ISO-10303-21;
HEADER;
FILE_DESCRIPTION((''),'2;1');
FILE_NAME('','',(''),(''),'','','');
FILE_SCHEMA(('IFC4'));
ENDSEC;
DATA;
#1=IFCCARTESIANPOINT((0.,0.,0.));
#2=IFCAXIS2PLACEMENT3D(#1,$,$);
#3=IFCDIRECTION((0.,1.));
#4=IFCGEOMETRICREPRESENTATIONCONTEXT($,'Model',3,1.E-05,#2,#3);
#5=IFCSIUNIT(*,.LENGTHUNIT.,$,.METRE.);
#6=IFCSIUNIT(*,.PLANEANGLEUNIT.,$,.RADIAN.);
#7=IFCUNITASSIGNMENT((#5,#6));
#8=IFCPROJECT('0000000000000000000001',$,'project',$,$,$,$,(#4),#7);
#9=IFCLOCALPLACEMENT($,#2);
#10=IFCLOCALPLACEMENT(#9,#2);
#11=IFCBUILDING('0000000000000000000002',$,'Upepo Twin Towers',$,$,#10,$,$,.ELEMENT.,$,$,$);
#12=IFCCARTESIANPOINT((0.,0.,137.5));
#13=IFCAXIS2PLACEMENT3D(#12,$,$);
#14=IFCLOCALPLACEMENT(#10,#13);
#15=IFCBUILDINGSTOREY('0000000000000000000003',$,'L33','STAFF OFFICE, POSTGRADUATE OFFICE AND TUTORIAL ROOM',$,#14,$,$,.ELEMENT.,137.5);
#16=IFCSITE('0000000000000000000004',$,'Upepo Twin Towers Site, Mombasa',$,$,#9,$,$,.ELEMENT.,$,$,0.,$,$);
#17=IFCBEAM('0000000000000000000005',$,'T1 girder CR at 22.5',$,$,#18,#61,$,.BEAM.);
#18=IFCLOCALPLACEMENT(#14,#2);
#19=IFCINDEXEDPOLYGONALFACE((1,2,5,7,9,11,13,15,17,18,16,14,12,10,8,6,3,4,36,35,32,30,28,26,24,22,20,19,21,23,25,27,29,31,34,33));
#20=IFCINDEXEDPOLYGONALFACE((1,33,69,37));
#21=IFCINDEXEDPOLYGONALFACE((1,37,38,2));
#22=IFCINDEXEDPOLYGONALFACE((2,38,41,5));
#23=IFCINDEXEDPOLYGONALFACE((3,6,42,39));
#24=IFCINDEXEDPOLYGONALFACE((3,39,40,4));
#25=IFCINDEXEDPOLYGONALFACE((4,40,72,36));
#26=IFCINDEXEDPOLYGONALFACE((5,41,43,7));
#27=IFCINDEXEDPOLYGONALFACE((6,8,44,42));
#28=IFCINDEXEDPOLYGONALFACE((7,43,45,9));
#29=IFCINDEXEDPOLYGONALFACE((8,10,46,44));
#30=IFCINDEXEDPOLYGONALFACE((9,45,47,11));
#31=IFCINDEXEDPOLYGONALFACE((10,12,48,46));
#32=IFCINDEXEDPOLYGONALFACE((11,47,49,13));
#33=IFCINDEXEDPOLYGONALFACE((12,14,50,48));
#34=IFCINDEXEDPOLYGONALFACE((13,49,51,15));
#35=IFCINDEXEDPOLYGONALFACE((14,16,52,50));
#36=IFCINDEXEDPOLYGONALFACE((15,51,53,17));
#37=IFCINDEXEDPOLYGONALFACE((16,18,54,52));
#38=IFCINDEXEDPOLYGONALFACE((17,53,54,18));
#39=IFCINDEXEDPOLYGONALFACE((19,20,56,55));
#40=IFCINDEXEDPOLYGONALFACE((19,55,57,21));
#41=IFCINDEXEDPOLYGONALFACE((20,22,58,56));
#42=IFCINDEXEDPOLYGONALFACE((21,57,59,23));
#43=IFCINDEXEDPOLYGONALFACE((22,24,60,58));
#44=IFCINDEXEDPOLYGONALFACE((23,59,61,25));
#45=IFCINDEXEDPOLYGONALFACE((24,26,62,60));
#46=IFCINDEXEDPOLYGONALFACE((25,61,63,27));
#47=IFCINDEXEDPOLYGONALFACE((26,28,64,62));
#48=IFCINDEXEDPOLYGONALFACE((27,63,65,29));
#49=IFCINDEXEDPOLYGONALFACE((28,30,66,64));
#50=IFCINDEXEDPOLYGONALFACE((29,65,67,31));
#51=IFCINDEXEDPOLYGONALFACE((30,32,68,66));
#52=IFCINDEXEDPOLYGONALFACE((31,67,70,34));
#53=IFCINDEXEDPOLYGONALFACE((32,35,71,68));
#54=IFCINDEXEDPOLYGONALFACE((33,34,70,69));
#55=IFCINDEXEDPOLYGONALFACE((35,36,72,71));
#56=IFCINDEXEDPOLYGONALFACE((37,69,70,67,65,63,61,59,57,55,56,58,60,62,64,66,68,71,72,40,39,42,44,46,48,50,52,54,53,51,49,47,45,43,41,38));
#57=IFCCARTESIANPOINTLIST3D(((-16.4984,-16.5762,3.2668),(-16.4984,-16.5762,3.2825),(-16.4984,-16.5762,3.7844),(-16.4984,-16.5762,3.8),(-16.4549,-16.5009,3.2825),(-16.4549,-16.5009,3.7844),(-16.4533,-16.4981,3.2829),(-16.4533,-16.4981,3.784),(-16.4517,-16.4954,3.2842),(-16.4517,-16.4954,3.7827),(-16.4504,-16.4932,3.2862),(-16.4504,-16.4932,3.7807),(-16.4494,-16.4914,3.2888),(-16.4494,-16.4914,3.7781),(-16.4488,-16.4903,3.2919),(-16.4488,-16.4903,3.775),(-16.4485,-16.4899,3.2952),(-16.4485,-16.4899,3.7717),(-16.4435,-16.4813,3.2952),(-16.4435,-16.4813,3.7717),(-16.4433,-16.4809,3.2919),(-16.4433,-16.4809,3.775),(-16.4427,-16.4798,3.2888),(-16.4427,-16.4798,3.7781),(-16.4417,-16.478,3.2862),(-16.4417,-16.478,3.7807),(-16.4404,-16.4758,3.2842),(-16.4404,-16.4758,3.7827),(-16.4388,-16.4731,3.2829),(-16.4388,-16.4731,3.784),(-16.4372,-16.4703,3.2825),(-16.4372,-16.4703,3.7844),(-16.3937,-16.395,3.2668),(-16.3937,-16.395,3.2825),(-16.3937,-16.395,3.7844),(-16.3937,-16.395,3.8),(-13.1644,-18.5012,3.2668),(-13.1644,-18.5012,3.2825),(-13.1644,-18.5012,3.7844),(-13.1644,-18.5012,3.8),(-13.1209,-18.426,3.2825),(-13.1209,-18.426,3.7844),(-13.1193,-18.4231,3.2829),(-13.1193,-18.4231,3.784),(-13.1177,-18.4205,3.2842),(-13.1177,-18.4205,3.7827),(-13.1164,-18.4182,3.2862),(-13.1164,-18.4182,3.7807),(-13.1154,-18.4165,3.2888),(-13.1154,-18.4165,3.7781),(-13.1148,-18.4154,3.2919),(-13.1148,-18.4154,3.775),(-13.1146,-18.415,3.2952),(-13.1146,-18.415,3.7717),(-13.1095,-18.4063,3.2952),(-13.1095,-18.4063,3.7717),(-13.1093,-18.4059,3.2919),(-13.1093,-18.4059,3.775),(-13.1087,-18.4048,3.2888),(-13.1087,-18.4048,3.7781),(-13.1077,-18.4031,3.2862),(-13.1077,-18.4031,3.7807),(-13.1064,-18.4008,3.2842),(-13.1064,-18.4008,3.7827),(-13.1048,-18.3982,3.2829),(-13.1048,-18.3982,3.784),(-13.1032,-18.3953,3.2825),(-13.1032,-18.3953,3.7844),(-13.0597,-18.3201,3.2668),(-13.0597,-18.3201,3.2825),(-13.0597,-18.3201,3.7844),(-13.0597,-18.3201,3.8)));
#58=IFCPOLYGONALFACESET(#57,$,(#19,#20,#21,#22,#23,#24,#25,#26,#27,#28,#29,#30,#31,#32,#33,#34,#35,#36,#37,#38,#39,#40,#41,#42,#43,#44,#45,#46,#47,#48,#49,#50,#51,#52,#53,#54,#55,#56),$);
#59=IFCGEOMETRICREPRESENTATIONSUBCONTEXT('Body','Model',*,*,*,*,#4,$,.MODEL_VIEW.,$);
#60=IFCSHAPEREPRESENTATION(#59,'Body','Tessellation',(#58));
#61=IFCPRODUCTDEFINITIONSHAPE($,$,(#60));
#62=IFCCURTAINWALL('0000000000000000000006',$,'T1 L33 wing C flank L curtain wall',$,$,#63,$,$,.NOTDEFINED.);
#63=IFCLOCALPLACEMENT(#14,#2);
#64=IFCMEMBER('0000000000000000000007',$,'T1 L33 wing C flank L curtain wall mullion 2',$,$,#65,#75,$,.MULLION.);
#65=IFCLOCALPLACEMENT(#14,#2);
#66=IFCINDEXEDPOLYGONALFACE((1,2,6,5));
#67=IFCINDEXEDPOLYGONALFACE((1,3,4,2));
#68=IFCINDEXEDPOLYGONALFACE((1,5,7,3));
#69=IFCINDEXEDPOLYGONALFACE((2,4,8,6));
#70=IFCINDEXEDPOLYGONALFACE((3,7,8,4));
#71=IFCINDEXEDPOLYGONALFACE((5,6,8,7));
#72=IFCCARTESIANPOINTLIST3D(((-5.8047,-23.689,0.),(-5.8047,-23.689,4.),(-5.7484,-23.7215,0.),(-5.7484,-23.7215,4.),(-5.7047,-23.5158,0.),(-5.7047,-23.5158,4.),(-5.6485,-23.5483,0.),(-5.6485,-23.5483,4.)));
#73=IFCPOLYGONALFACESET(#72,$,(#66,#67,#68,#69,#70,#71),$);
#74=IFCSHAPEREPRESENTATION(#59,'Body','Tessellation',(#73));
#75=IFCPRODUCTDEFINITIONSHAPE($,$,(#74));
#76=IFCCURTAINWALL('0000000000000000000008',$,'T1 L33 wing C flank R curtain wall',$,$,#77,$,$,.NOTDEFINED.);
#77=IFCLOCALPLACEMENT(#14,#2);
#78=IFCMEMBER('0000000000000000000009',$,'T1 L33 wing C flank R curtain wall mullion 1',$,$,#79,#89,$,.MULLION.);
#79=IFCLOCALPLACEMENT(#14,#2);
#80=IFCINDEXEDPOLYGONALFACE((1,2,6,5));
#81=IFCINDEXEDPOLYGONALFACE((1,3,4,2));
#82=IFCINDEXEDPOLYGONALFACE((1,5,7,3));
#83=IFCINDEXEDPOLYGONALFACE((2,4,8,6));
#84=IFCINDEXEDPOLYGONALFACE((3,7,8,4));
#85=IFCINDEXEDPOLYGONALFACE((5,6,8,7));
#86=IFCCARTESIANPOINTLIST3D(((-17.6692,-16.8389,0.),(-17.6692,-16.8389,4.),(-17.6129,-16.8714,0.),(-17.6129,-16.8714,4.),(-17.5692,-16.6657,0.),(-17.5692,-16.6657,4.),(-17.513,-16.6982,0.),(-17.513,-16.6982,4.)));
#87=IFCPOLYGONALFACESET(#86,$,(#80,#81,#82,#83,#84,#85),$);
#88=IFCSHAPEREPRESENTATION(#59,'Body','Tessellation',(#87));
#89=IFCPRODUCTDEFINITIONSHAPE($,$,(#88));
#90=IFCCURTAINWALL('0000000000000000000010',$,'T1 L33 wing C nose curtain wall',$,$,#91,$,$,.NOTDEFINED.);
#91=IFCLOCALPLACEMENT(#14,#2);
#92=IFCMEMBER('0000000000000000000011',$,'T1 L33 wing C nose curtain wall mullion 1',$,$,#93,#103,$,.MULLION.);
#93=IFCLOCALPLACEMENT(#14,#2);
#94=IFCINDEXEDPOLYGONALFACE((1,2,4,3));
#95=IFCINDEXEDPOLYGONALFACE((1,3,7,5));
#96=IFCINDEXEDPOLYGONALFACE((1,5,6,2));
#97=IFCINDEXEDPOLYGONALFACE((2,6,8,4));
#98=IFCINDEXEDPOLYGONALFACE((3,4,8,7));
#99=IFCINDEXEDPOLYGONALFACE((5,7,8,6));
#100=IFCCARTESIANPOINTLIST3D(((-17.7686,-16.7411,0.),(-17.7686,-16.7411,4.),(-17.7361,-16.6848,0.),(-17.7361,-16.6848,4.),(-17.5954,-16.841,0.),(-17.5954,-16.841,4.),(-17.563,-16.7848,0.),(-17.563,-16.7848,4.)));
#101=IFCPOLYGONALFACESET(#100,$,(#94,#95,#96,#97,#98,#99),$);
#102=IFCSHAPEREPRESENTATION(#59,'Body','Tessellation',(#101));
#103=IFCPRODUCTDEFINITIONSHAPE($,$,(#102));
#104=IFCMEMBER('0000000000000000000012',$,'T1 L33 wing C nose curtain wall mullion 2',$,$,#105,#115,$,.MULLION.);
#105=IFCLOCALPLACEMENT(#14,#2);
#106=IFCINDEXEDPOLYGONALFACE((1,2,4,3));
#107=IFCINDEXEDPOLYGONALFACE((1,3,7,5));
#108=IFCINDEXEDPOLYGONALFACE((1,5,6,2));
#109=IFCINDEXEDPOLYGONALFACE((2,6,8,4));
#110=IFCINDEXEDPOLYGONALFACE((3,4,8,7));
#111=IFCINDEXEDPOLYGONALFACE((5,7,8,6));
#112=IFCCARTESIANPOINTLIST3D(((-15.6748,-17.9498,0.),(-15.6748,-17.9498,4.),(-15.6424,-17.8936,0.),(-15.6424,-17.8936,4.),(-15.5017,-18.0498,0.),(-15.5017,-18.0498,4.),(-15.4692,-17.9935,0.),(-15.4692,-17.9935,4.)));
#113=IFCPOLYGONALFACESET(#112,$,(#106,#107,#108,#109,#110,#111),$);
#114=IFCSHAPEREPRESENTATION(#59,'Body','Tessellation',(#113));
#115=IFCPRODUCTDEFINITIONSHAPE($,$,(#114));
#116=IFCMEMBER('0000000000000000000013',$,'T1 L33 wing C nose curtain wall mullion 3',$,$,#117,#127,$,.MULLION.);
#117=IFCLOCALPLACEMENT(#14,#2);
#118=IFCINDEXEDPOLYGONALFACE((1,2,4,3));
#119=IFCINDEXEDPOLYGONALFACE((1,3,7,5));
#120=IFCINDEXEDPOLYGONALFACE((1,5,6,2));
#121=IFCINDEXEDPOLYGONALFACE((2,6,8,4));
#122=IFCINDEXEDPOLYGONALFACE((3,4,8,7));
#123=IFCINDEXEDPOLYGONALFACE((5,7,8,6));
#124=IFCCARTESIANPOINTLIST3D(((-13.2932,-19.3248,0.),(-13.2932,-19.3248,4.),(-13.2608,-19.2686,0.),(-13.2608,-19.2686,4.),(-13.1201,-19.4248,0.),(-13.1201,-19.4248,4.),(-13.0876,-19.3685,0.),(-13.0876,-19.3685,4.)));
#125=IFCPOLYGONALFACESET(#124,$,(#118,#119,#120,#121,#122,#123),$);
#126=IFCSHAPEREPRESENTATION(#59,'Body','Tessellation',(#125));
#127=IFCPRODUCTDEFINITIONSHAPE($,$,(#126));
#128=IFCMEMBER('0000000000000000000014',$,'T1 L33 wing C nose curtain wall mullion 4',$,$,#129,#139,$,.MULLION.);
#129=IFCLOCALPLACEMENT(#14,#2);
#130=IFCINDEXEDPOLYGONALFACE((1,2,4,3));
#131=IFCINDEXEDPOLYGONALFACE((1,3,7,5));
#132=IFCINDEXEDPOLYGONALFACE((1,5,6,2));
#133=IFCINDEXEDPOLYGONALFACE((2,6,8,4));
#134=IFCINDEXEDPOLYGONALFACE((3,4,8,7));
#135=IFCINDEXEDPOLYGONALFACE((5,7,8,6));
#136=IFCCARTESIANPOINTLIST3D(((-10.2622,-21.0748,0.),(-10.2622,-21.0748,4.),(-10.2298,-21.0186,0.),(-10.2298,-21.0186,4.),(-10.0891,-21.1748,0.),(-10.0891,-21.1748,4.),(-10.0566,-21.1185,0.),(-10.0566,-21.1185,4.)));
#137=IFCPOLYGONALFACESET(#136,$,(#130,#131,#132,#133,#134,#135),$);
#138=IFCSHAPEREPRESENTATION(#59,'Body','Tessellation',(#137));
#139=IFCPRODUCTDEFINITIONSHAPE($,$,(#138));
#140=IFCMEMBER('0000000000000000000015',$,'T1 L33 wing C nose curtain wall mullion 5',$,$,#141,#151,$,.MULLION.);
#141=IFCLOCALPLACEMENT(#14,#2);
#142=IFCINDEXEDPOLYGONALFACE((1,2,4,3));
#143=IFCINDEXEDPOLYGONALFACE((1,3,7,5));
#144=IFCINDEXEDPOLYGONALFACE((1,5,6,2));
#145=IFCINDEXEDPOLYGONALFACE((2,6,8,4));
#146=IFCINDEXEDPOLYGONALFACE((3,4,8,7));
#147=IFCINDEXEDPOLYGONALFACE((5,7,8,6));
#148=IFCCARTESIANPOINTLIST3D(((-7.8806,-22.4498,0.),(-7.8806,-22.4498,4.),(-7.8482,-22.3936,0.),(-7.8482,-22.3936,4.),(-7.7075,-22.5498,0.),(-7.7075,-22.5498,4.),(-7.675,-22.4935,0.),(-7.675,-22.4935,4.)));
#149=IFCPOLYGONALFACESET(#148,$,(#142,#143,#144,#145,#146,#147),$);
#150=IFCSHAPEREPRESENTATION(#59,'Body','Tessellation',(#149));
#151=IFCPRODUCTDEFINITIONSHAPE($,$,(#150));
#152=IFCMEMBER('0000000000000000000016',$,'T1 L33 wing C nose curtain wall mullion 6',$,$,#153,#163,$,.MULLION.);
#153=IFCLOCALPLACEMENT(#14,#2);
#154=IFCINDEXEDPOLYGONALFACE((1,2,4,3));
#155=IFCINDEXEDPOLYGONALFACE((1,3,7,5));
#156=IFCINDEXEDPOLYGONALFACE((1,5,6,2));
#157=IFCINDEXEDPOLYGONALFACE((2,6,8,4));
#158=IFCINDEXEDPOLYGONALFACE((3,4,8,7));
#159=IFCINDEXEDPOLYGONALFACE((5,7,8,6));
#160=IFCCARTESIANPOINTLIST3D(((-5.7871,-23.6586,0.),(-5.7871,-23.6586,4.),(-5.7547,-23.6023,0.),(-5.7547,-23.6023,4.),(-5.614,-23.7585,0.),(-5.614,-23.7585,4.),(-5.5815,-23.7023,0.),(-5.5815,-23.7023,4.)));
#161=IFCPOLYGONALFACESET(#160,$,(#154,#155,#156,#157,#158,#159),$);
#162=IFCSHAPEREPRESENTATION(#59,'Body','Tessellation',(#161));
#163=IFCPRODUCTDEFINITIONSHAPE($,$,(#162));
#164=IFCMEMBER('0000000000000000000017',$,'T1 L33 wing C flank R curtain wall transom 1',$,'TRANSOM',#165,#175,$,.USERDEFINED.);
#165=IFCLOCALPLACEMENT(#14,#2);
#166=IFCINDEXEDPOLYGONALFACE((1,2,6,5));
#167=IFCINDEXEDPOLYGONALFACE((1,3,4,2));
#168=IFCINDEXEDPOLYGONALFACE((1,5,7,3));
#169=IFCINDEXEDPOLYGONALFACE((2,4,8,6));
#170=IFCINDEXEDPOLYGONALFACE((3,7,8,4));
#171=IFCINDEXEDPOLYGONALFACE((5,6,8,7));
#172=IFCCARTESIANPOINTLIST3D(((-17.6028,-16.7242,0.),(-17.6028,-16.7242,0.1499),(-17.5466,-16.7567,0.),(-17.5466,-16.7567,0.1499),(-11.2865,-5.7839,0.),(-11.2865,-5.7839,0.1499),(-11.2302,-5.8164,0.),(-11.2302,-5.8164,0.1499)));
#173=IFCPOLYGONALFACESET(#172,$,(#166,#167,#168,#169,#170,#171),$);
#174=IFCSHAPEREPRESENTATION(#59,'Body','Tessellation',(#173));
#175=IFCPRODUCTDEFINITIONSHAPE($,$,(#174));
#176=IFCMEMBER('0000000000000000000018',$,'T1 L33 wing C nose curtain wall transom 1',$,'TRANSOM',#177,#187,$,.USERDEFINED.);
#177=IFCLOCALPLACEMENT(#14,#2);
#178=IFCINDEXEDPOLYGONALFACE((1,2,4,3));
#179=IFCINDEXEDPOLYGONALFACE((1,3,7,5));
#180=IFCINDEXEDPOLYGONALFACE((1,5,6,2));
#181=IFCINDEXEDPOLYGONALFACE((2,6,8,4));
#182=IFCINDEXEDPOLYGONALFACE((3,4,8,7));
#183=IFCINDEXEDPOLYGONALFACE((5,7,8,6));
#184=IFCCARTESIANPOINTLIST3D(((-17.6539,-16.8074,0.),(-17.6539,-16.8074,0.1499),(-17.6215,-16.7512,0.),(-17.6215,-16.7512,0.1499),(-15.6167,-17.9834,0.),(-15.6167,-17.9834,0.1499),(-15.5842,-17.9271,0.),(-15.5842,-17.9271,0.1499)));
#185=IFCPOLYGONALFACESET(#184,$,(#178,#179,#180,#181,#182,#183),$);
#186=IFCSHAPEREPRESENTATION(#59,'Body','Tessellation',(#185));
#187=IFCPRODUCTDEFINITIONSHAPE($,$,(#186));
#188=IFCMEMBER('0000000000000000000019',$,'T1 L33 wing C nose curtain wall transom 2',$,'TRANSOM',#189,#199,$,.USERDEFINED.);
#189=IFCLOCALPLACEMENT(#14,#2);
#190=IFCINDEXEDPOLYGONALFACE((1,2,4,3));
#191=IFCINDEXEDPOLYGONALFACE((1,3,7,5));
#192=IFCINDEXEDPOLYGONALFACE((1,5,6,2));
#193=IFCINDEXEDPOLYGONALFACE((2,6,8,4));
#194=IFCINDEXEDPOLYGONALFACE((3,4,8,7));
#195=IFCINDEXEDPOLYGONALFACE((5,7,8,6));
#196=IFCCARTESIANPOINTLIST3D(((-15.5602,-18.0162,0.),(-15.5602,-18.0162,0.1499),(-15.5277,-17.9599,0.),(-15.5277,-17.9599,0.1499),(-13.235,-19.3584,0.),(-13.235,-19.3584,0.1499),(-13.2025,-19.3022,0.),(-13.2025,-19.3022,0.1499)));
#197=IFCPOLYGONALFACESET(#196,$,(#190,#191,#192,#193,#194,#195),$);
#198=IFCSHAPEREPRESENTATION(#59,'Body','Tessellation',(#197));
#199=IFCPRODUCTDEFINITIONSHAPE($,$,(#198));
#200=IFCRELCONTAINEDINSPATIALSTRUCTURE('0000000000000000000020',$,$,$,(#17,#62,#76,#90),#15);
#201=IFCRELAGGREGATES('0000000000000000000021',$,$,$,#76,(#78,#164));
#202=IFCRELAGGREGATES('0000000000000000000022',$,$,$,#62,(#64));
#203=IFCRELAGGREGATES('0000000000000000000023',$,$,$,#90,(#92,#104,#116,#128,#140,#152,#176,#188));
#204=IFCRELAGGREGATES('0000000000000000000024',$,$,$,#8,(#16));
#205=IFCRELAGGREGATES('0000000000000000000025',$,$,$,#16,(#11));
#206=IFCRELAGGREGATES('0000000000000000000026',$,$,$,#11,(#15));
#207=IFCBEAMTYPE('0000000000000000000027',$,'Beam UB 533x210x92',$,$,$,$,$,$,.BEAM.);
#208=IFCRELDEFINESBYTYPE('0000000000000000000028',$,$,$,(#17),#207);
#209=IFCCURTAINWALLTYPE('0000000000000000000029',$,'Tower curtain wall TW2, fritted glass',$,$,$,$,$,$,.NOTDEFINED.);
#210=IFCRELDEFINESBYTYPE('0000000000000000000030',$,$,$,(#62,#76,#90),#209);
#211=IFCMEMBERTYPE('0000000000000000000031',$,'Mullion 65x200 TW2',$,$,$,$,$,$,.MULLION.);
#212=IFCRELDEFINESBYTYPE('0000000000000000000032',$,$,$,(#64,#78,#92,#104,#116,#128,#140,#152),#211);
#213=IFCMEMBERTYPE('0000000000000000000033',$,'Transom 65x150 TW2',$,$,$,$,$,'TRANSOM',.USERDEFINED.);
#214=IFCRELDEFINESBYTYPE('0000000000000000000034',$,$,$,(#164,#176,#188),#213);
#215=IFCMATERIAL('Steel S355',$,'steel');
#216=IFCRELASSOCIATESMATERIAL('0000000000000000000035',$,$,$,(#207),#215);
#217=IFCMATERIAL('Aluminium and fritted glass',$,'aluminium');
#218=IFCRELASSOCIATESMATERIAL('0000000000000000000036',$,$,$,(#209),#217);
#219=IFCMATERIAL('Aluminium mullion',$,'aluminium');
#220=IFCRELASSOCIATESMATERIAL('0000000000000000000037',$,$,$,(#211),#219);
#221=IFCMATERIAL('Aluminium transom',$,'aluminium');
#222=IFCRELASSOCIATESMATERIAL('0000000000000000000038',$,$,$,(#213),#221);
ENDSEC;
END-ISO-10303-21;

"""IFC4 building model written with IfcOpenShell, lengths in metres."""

from ifc_helpers import new_model, si_unit, direction, frame, origin, origin_2d, place, context, subcontext, project, spatial, rectangle, i_section, extrude, material, material_profile, profile_set, type_object, element, aggregate, save


model = new_model("IFC4")

# Units and contexts
model_context = context("Model", 3, precision=1e-05, world=origin(), true_north=direction((0.0, 1.0)))
body_context = subcontext(model_context, "Body", "Model", "MODEL_VIEW")
ifc_project = project(units=[si_unit("LENGTHUNIT", "METRE"), si_unit("PLANEANGLEUNIT", "RADIAN")], contexts=[model_context])

# Site, building, storey
site_placement = place(None, origin())
site = spatial("IfcSite", under=ifc_project, at=site_placement, Name="Upepo Twin Towers Site, Mombasa", CompositionType="ELEMENT", RefElevation=0.0)
building_placement = place(site_placement, origin())
building = spatial("IfcBuilding", under=site, at=building_placement, Name="Upepo Twin Towers", CompositionType="ELEMENT")
storey_placement = place(building_placement, frame((0.0, 0.0, 137.5)))
storey = spatial("IfcBuildingStorey", under=building, at=storey_placement, Name="L33", Description="STAFF OFFICE, POSTGRADUATE OFFICE AND TUTORIAL ROOM", CompositionType="ELEMENT", Elevation=137.5)

# Beam
ifc_material_1 = material(Name="Steel S355", Category="steel")
ifc_material_profile_1 = material_profile(ifc_material_1, i_section(OverallWidth=0.2092, OverallDepth=0.5332, WebThickness=0.01, FlangeThickness=0.0156, FilletRadius=0.0127, at=origin_2d()), Name="UB 533x210x92")
ifc_profile_set_1 = profile_set([ifc_material_profile_1], Name="Steel S355")
beam_type_1 = type_object("IfcBeamType", Name="Beam UB 533x210x92", PredefinedType="BEAM", material=ifc_profile_set_1)
for number, where, z_axis, x_axis, name in (
    (1, (-16.446, -16.4856, 3.5334), (0.866006, -0.500034, 0.0), (0.500034, 0.866006, 0.0), "T1 girder CR at 22.5"),
):
    element("IfcBeam", number, at=place(storey_placement, frame(where, z_axis=z_axis, x_axis=x_axis)), inside=storey, type_object=beam_type_1, Name=name, PredefinedType="BEAM", context=body_context, shape_type="SweptSolid", body=[
        extrude(i_section(OverallWidth=0.2092, OverallDepth=0.5332, WebThickness=0.01, FlangeThickness=0.0156, FilletRadius=0.0127, at=origin_2d()), origin(), (0.0, 0.0, 1.0), 3.8499),
    ])

# Curtain walls, members
ifc_material_2 = material(Name="Aluminium and fritted glass", Category="aluminium")
curtain_wall_type = type_object("IfcCurtainWallType", Name="Tower curtain wall TW2, fritted glass", PredefinedType="NOTDEFINED", material=ifc_material_2)
curtain_wall_1_placement = place(storey_placement, origin())
curtain_wall_1 = element("IfcCurtainWall", 2, at=curtain_wall_1_placement, inside=storey, type_object=curtain_wall_type, Name="T1 L33 wing C flank L curtain wall", PredefinedType="NOTDEFINED")
ifc_material_3 = material(Name="Aluminium mullion", Category="aluminium")
ifc_material_profile_2 = material_profile(ifc_material_3, rectangle(XDim=0.0649, YDim=0.2, at=origin_2d()), Name="MULLION 65x200")
ifc_profile_set_2 = profile_set([ifc_material_profile_2], Name="Aluminium mullion")
member_type_1 = type_object("IfcMemberType", Name="Mullion 65x200 TW2", PredefinedType="MULLION", material=ifc_profile_set_2)
member_1_placement = place(storey_placement, frame((-5.7266, -23.6187, 0.0), z_axis=(0.0, 0.0, 1.0), x_axis=(0.866025, -0.5, 0.0)))
member_1 = element("IfcMember", 3, at=member_1_placement, type_object=member_type_1, Name="T1 L33 wing C flank L curtain wall mullion 2", PredefinedType="MULLION", context=body_context, shape_type="SweptSolid", body=[
    extrude(rectangle(XDim=0.0649, YDim=0.2, at=origin_2d()), origin(), (0.0, 0.0, 1.0), 4.0),
])
curtain_wall_2_placement = place(storey_placement, origin())
curtain_wall_2 = element("IfcCurtainWall", 4, at=curtain_wall_2_placement, inside=storey, type_object=curtain_wall_type, Name="T1 L33 wing C flank R curtain wall", PredefinedType="NOTDEFINED")
member_2_placement = place(storey_placement, frame((-17.5911, -16.7686, 0.0), z_axis=(0.0, 0.0, 1.0), x_axis=(-0.866025, 0.5, 0.0)))
member_2 = element("IfcMember", 5, at=member_2_placement, type_object=member_type_1, Name="T1 L33 wing C flank R curtain wall mullion 1", PredefinedType="MULLION", context=body_context, shape_type="SweptSolid", body=[
    extrude(rectangle(XDim=0.0649, YDim=0.2, at=origin_2d()), origin(), (0.0, 0.0, 1.0), 4.0),
])

# Curtain wall, members
curtain_wall_3_placement = place(storey_placement, origin())
curtain_wall_3 = element("IfcCurtainWall", 6, at=curtain_wall_3_placement, inside=storey, type_object=curtain_wall_type, Name="T1 L33 wing C nose curtain wall", PredefinedType="NOTDEFINED")
member_3_placement = place(storey_placement, frame((-17.6658, -16.7629, 0.0), z_axis=(0.0, 0.0, 1.0), x_axis=(0.5, 0.866025, 0.0)))
member_3 = element("IfcMember", 7, at=member_3_placement, type_object=member_type_1, Name="T1 L33 wing C nose curtain wall mullion 1", PredefinedType="MULLION", context=body_context, shape_type="SweptSolid", body=[
    extrude(rectangle(XDim=0.0649, YDim=0.2, at=origin_2d()), origin(), (0.0, 0.0, 1.0), 4.0),
])
member_4_placement = place(storey_placement, frame((-15.572, -17.9717, 0.0), z_axis=(0.0, 0.0, 1.0), x_axis=(0.5, 0.866025, 0.0)))
member_4 = element("IfcMember", 8, at=member_4_placement, type_object=member_type_1, Name="T1 L33 wing C nose curtain wall mullion 2", PredefinedType="MULLION", context=body_context, shape_type="SweptSolid", body=[
    extrude(rectangle(XDim=0.0649, YDim=0.2, at=origin_2d()), origin(), (0.0, 0.0, 1.0), 4.0),
])
member_5_placement = place(storey_placement, frame((-13.1904, -19.3467, 0.0), z_axis=(0.0, 0.0, 1.0), x_axis=(0.5, 0.866025, 0.0)))
member_5 = element("IfcMember", 9, at=member_5_placement, type_object=member_type_1, Name="T1 L33 wing C nose curtain wall mullion 3", PredefinedType="MULLION", context=body_context, shape_type="SweptSolid", body=[
    extrude(rectangle(XDim=0.0649, YDim=0.2, at=origin_2d()), origin(), (0.0, 0.0, 1.0), 4.0),
])
member_6_placement = place(storey_placement, frame((-10.1594, -21.0967, 0.0), z_axis=(0.0, 0.0, 1.0), x_axis=(0.5, 0.866025, 0.0)))
member_6 = element("IfcMember", 10, at=member_6_placement, type_object=member_type_1, Name="T1 L33 wing C nose curtain wall mullion 4", PredefinedType="MULLION", context=body_context, shape_type="SweptSolid", body=[
    extrude(rectangle(XDim=0.0649, YDim=0.2, at=origin_2d()), origin(), (0.0, 0.0, 1.0), 4.0),
])
member_7_placement = place(storey_placement, frame((-7.7778, -22.4717, 0.0), z_axis=(0.0, 0.0, 1.0), x_axis=(0.5, 0.866025, 0.0)))
member_7 = element("IfcMember", 11, at=member_7_placement, type_object=member_type_1, Name="T1 L33 wing C nose curtain wall mullion 5", PredefinedType="MULLION", context=body_context, shape_type="SweptSolid", body=[
    extrude(rectangle(XDim=0.0649, YDim=0.2, at=origin_2d()), origin(), (0.0, 0.0, 1.0), 4.0),
])
member_8_placement = place(storey_placement, frame((-5.6843, -23.6804, 0.0), z_axis=(0.0, 0.0, 1.0), x_axis=(0.5, 0.866025, 0.0)))
member_8 = element("IfcMember", 12, at=member_8_placement, type_object=member_type_1, Name="T1 L33 wing C nose curtain wall mullion 6", PredefinedType="MULLION", context=body_context, shape_type="SweptSolid", body=[
    extrude(rectangle(XDim=0.0649, YDim=0.2, at=origin_2d()), origin(), (0.0, 0.0, 1.0), 4.0),
])

# Members
ifc_material_4 = material(Name="Aluminium transom", Category="aluminium")
ifc_material_profile_3 = material_profile(ifc_material_4, rectangle(XDim=0.0649, YDim=0.1499, at=origin_2d()), Name="TRANSOM 65x150")
ifc_profile_set_3 = profile_set([ifc_material_profile_3], Name="Aluminium transom")
member_type_2 = type_object("IfcMemberType", Name="Transom 65x150 TW2", ElementType="TRANSOM", PredefinedType="USERDEFINED", material=ifc_profile_set_3)
member_9_placement = place(storey_placement, frame((-17.5747, -16.7405, 0.075), z_axis=(0.499997, 0.866027, 0.0), x_axis=(-0.866027, 0.499997, 0.0)))
member_9 = element("IfcMember", 13, at=member_9_placement, type_object=member_type_2, Name="T1 L33 wing C flank R curtain wall transom 1", ObjectType="TRANSOM", PredefinedType="USERDEFINED", context=body_context, shape_type="SweptSolid", body=[
    extrude(rectangle(XDim=0.0649, YDim=0.1499, at=origin_2d()), origin(), (0.0, 0.0, 1.0), 12.6328),
])
aggregate(curtain_wall_2, [member_2, member_9])
member_10_placement = place(storey_placement, frame((-17.6377, -16.7793, 0.075), z_axis=(0.86607, -0.499923, 0.0), x_axis=(0.499923, 0.86607, 0.0)))
member_10 = element("IfcMember", 14, at=member_10_placement, type_object=member_type_2, Name="T1 L33 wing C nose curtain wall transom 1", ObjectType="TRANSOM", PredefinedType="USERDEFINED", context=body_context, shape_type="SweptSolid", body=[
    extrude(rectangle(XDim=0.0649, YDim=0.1499, at=origin_2d()), origin(), (0.0, 0.0, 1.0), 2.3523),
])
member_11_placement = place(storey_placement, frame((-15.5439, -17.988, 0.075), z_axis=(0.866052, -0.499953, 0.0), x_axis=(0.499953, 0.866052, 0.0)))
member_11 = element("IfcMember", 15, at=member_11_placement, type_object=member_type_2, Name="T1 L33 wing C nose curtain wall transom 2", ObjectType="TRANSOM", PredefinedType="USERDEFINED", context=body_context, shape_type="SweptSolid", body=[
    extrude(rectangle(XDim=0.0649, YDim=0.1499, at=origin_2d()), origin(), (0.0, 0.0, 1.0), 2.6848),
])

aggregate(curtain_wall_1, [member_1])
aggregate(curtain_wall_3, [member_3, member_4, member_5, member_6, member_7, member_8, member_10, member_11])

save(model, "model.ifc")
